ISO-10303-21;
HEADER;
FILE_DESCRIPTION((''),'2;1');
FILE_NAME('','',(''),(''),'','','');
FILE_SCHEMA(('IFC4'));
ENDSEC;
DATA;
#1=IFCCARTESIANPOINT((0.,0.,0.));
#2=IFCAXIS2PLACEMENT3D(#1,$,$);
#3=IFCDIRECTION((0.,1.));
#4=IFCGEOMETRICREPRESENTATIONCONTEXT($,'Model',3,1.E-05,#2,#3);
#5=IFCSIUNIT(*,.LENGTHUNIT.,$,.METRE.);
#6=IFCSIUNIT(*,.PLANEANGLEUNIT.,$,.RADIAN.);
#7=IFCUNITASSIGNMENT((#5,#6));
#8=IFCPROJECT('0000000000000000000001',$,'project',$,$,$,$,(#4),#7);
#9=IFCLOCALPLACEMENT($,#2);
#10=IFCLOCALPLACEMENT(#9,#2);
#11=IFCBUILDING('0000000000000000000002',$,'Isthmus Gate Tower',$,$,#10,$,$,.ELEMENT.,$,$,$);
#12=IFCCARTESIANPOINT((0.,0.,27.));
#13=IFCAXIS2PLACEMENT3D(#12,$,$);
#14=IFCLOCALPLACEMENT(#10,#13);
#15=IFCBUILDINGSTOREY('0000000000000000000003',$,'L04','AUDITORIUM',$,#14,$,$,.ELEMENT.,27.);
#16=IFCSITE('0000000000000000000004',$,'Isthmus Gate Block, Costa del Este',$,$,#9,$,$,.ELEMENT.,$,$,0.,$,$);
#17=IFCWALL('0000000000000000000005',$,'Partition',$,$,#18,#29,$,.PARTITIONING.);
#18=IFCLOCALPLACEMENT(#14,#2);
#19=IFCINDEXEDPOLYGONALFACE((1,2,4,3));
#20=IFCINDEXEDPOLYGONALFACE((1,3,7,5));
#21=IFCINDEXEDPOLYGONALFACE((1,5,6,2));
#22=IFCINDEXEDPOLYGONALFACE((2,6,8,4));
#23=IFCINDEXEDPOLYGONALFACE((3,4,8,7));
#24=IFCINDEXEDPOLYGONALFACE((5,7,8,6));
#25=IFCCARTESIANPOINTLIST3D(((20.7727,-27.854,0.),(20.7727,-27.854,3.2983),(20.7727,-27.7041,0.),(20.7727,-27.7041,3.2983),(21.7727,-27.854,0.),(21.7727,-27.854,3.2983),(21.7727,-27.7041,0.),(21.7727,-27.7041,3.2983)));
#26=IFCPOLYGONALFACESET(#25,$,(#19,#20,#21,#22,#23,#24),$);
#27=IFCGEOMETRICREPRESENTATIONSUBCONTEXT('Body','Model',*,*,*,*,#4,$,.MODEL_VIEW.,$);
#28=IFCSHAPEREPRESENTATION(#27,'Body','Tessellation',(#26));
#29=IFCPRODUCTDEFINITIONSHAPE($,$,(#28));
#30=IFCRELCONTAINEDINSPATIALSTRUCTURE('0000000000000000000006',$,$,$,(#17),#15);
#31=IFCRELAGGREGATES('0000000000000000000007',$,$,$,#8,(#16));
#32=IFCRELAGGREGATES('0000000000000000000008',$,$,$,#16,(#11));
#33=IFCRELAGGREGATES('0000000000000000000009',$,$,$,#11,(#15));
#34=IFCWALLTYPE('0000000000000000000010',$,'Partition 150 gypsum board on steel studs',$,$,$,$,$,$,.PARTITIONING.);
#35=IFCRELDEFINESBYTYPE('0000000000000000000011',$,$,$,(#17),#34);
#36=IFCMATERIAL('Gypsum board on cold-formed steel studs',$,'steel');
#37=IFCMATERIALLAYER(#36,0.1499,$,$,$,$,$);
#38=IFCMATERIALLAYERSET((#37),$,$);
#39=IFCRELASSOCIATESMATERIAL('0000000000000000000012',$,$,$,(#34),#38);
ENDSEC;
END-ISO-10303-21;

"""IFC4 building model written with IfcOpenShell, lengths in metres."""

from ifc_helpers import new_model, si_unit, direction, frame, frame_2d, origin, place, context, subcontext, project, spatial, rectangle, extrude, material, layer, layer_set, type_object, element, save


model = new_model("IFC4")

# Units and contexts
model_context = context("Model", 3, precision=1e-05, world=origin(), true_north=direction((0.0, 1.0)))
body_context = subcontext(model_context, "Body", "Model", "MODEL_VIEW")
ifc_project = project(units=[si_unit("LENGTHUNIT", "METRE"), si_unit("PLANEANGLEUNIT", "RADIAN")], contexts=[model_context])

# Site, building, storey
site_placement = place(None, origin())
site = spatial("IfcSite", under=ifc_project, at=site_placement, Name="Isthmus Gate Block, Costa del Este", CompositionType="ELEMENT", RefElevation=0.0)
building_placement = place(site_placement, origin())
building = spatial("IfcBuilding", under=site, at=building_placement, Name="Isthmus Gate Tower", CompositionType="ELEMENT")
storey_placement = place(building_placement, frame((0.0, 0.0, 27.0)))
storey = spatial("IfcBuildingStorey", under=building, at=storey_placement, Name="L04", Description="AUDITORIUM", CompositionType="ELEMENT", Elevation=27.0)

# Shared definitions
ifc_material_1 = material(Name="Gypsum board on cold-formed steel studs", Category="steel")
ifc_layer_1 = layer(ifc_material_1, 0.1499)
ifc_layer_set_1 = layer_set([ifc_layer_1])
wall_type_1 = type_object("IfcWallType", Name="Partition 150 gypsum board on steel studs", PredefinedType="PARTITIONING", material=ifc_layer_set_1)

# Wall
wall_1_placement = place(storey_placement, frame((20.7727, -27.7791, 0.0), z_axis=(0.0, 0.0, 1.0), x_axis=(1.0, 0.0, 0.0)))
element("IfcWall", 1, at=wall_1_placement, inside=storey, type_object=wall_type_1, Name="Partition", PredefinedType="PARTITIONING", context=body_context, shape_type="SweptSolid", body=[
    extrude(rectangle(XDim=1.0, YDim=0.1499, at=frame_2d((0.5, 0.0))), origin(), (0.0, 0.0, 1.0), 3.2983),
])

save(model, "model.ifc")
